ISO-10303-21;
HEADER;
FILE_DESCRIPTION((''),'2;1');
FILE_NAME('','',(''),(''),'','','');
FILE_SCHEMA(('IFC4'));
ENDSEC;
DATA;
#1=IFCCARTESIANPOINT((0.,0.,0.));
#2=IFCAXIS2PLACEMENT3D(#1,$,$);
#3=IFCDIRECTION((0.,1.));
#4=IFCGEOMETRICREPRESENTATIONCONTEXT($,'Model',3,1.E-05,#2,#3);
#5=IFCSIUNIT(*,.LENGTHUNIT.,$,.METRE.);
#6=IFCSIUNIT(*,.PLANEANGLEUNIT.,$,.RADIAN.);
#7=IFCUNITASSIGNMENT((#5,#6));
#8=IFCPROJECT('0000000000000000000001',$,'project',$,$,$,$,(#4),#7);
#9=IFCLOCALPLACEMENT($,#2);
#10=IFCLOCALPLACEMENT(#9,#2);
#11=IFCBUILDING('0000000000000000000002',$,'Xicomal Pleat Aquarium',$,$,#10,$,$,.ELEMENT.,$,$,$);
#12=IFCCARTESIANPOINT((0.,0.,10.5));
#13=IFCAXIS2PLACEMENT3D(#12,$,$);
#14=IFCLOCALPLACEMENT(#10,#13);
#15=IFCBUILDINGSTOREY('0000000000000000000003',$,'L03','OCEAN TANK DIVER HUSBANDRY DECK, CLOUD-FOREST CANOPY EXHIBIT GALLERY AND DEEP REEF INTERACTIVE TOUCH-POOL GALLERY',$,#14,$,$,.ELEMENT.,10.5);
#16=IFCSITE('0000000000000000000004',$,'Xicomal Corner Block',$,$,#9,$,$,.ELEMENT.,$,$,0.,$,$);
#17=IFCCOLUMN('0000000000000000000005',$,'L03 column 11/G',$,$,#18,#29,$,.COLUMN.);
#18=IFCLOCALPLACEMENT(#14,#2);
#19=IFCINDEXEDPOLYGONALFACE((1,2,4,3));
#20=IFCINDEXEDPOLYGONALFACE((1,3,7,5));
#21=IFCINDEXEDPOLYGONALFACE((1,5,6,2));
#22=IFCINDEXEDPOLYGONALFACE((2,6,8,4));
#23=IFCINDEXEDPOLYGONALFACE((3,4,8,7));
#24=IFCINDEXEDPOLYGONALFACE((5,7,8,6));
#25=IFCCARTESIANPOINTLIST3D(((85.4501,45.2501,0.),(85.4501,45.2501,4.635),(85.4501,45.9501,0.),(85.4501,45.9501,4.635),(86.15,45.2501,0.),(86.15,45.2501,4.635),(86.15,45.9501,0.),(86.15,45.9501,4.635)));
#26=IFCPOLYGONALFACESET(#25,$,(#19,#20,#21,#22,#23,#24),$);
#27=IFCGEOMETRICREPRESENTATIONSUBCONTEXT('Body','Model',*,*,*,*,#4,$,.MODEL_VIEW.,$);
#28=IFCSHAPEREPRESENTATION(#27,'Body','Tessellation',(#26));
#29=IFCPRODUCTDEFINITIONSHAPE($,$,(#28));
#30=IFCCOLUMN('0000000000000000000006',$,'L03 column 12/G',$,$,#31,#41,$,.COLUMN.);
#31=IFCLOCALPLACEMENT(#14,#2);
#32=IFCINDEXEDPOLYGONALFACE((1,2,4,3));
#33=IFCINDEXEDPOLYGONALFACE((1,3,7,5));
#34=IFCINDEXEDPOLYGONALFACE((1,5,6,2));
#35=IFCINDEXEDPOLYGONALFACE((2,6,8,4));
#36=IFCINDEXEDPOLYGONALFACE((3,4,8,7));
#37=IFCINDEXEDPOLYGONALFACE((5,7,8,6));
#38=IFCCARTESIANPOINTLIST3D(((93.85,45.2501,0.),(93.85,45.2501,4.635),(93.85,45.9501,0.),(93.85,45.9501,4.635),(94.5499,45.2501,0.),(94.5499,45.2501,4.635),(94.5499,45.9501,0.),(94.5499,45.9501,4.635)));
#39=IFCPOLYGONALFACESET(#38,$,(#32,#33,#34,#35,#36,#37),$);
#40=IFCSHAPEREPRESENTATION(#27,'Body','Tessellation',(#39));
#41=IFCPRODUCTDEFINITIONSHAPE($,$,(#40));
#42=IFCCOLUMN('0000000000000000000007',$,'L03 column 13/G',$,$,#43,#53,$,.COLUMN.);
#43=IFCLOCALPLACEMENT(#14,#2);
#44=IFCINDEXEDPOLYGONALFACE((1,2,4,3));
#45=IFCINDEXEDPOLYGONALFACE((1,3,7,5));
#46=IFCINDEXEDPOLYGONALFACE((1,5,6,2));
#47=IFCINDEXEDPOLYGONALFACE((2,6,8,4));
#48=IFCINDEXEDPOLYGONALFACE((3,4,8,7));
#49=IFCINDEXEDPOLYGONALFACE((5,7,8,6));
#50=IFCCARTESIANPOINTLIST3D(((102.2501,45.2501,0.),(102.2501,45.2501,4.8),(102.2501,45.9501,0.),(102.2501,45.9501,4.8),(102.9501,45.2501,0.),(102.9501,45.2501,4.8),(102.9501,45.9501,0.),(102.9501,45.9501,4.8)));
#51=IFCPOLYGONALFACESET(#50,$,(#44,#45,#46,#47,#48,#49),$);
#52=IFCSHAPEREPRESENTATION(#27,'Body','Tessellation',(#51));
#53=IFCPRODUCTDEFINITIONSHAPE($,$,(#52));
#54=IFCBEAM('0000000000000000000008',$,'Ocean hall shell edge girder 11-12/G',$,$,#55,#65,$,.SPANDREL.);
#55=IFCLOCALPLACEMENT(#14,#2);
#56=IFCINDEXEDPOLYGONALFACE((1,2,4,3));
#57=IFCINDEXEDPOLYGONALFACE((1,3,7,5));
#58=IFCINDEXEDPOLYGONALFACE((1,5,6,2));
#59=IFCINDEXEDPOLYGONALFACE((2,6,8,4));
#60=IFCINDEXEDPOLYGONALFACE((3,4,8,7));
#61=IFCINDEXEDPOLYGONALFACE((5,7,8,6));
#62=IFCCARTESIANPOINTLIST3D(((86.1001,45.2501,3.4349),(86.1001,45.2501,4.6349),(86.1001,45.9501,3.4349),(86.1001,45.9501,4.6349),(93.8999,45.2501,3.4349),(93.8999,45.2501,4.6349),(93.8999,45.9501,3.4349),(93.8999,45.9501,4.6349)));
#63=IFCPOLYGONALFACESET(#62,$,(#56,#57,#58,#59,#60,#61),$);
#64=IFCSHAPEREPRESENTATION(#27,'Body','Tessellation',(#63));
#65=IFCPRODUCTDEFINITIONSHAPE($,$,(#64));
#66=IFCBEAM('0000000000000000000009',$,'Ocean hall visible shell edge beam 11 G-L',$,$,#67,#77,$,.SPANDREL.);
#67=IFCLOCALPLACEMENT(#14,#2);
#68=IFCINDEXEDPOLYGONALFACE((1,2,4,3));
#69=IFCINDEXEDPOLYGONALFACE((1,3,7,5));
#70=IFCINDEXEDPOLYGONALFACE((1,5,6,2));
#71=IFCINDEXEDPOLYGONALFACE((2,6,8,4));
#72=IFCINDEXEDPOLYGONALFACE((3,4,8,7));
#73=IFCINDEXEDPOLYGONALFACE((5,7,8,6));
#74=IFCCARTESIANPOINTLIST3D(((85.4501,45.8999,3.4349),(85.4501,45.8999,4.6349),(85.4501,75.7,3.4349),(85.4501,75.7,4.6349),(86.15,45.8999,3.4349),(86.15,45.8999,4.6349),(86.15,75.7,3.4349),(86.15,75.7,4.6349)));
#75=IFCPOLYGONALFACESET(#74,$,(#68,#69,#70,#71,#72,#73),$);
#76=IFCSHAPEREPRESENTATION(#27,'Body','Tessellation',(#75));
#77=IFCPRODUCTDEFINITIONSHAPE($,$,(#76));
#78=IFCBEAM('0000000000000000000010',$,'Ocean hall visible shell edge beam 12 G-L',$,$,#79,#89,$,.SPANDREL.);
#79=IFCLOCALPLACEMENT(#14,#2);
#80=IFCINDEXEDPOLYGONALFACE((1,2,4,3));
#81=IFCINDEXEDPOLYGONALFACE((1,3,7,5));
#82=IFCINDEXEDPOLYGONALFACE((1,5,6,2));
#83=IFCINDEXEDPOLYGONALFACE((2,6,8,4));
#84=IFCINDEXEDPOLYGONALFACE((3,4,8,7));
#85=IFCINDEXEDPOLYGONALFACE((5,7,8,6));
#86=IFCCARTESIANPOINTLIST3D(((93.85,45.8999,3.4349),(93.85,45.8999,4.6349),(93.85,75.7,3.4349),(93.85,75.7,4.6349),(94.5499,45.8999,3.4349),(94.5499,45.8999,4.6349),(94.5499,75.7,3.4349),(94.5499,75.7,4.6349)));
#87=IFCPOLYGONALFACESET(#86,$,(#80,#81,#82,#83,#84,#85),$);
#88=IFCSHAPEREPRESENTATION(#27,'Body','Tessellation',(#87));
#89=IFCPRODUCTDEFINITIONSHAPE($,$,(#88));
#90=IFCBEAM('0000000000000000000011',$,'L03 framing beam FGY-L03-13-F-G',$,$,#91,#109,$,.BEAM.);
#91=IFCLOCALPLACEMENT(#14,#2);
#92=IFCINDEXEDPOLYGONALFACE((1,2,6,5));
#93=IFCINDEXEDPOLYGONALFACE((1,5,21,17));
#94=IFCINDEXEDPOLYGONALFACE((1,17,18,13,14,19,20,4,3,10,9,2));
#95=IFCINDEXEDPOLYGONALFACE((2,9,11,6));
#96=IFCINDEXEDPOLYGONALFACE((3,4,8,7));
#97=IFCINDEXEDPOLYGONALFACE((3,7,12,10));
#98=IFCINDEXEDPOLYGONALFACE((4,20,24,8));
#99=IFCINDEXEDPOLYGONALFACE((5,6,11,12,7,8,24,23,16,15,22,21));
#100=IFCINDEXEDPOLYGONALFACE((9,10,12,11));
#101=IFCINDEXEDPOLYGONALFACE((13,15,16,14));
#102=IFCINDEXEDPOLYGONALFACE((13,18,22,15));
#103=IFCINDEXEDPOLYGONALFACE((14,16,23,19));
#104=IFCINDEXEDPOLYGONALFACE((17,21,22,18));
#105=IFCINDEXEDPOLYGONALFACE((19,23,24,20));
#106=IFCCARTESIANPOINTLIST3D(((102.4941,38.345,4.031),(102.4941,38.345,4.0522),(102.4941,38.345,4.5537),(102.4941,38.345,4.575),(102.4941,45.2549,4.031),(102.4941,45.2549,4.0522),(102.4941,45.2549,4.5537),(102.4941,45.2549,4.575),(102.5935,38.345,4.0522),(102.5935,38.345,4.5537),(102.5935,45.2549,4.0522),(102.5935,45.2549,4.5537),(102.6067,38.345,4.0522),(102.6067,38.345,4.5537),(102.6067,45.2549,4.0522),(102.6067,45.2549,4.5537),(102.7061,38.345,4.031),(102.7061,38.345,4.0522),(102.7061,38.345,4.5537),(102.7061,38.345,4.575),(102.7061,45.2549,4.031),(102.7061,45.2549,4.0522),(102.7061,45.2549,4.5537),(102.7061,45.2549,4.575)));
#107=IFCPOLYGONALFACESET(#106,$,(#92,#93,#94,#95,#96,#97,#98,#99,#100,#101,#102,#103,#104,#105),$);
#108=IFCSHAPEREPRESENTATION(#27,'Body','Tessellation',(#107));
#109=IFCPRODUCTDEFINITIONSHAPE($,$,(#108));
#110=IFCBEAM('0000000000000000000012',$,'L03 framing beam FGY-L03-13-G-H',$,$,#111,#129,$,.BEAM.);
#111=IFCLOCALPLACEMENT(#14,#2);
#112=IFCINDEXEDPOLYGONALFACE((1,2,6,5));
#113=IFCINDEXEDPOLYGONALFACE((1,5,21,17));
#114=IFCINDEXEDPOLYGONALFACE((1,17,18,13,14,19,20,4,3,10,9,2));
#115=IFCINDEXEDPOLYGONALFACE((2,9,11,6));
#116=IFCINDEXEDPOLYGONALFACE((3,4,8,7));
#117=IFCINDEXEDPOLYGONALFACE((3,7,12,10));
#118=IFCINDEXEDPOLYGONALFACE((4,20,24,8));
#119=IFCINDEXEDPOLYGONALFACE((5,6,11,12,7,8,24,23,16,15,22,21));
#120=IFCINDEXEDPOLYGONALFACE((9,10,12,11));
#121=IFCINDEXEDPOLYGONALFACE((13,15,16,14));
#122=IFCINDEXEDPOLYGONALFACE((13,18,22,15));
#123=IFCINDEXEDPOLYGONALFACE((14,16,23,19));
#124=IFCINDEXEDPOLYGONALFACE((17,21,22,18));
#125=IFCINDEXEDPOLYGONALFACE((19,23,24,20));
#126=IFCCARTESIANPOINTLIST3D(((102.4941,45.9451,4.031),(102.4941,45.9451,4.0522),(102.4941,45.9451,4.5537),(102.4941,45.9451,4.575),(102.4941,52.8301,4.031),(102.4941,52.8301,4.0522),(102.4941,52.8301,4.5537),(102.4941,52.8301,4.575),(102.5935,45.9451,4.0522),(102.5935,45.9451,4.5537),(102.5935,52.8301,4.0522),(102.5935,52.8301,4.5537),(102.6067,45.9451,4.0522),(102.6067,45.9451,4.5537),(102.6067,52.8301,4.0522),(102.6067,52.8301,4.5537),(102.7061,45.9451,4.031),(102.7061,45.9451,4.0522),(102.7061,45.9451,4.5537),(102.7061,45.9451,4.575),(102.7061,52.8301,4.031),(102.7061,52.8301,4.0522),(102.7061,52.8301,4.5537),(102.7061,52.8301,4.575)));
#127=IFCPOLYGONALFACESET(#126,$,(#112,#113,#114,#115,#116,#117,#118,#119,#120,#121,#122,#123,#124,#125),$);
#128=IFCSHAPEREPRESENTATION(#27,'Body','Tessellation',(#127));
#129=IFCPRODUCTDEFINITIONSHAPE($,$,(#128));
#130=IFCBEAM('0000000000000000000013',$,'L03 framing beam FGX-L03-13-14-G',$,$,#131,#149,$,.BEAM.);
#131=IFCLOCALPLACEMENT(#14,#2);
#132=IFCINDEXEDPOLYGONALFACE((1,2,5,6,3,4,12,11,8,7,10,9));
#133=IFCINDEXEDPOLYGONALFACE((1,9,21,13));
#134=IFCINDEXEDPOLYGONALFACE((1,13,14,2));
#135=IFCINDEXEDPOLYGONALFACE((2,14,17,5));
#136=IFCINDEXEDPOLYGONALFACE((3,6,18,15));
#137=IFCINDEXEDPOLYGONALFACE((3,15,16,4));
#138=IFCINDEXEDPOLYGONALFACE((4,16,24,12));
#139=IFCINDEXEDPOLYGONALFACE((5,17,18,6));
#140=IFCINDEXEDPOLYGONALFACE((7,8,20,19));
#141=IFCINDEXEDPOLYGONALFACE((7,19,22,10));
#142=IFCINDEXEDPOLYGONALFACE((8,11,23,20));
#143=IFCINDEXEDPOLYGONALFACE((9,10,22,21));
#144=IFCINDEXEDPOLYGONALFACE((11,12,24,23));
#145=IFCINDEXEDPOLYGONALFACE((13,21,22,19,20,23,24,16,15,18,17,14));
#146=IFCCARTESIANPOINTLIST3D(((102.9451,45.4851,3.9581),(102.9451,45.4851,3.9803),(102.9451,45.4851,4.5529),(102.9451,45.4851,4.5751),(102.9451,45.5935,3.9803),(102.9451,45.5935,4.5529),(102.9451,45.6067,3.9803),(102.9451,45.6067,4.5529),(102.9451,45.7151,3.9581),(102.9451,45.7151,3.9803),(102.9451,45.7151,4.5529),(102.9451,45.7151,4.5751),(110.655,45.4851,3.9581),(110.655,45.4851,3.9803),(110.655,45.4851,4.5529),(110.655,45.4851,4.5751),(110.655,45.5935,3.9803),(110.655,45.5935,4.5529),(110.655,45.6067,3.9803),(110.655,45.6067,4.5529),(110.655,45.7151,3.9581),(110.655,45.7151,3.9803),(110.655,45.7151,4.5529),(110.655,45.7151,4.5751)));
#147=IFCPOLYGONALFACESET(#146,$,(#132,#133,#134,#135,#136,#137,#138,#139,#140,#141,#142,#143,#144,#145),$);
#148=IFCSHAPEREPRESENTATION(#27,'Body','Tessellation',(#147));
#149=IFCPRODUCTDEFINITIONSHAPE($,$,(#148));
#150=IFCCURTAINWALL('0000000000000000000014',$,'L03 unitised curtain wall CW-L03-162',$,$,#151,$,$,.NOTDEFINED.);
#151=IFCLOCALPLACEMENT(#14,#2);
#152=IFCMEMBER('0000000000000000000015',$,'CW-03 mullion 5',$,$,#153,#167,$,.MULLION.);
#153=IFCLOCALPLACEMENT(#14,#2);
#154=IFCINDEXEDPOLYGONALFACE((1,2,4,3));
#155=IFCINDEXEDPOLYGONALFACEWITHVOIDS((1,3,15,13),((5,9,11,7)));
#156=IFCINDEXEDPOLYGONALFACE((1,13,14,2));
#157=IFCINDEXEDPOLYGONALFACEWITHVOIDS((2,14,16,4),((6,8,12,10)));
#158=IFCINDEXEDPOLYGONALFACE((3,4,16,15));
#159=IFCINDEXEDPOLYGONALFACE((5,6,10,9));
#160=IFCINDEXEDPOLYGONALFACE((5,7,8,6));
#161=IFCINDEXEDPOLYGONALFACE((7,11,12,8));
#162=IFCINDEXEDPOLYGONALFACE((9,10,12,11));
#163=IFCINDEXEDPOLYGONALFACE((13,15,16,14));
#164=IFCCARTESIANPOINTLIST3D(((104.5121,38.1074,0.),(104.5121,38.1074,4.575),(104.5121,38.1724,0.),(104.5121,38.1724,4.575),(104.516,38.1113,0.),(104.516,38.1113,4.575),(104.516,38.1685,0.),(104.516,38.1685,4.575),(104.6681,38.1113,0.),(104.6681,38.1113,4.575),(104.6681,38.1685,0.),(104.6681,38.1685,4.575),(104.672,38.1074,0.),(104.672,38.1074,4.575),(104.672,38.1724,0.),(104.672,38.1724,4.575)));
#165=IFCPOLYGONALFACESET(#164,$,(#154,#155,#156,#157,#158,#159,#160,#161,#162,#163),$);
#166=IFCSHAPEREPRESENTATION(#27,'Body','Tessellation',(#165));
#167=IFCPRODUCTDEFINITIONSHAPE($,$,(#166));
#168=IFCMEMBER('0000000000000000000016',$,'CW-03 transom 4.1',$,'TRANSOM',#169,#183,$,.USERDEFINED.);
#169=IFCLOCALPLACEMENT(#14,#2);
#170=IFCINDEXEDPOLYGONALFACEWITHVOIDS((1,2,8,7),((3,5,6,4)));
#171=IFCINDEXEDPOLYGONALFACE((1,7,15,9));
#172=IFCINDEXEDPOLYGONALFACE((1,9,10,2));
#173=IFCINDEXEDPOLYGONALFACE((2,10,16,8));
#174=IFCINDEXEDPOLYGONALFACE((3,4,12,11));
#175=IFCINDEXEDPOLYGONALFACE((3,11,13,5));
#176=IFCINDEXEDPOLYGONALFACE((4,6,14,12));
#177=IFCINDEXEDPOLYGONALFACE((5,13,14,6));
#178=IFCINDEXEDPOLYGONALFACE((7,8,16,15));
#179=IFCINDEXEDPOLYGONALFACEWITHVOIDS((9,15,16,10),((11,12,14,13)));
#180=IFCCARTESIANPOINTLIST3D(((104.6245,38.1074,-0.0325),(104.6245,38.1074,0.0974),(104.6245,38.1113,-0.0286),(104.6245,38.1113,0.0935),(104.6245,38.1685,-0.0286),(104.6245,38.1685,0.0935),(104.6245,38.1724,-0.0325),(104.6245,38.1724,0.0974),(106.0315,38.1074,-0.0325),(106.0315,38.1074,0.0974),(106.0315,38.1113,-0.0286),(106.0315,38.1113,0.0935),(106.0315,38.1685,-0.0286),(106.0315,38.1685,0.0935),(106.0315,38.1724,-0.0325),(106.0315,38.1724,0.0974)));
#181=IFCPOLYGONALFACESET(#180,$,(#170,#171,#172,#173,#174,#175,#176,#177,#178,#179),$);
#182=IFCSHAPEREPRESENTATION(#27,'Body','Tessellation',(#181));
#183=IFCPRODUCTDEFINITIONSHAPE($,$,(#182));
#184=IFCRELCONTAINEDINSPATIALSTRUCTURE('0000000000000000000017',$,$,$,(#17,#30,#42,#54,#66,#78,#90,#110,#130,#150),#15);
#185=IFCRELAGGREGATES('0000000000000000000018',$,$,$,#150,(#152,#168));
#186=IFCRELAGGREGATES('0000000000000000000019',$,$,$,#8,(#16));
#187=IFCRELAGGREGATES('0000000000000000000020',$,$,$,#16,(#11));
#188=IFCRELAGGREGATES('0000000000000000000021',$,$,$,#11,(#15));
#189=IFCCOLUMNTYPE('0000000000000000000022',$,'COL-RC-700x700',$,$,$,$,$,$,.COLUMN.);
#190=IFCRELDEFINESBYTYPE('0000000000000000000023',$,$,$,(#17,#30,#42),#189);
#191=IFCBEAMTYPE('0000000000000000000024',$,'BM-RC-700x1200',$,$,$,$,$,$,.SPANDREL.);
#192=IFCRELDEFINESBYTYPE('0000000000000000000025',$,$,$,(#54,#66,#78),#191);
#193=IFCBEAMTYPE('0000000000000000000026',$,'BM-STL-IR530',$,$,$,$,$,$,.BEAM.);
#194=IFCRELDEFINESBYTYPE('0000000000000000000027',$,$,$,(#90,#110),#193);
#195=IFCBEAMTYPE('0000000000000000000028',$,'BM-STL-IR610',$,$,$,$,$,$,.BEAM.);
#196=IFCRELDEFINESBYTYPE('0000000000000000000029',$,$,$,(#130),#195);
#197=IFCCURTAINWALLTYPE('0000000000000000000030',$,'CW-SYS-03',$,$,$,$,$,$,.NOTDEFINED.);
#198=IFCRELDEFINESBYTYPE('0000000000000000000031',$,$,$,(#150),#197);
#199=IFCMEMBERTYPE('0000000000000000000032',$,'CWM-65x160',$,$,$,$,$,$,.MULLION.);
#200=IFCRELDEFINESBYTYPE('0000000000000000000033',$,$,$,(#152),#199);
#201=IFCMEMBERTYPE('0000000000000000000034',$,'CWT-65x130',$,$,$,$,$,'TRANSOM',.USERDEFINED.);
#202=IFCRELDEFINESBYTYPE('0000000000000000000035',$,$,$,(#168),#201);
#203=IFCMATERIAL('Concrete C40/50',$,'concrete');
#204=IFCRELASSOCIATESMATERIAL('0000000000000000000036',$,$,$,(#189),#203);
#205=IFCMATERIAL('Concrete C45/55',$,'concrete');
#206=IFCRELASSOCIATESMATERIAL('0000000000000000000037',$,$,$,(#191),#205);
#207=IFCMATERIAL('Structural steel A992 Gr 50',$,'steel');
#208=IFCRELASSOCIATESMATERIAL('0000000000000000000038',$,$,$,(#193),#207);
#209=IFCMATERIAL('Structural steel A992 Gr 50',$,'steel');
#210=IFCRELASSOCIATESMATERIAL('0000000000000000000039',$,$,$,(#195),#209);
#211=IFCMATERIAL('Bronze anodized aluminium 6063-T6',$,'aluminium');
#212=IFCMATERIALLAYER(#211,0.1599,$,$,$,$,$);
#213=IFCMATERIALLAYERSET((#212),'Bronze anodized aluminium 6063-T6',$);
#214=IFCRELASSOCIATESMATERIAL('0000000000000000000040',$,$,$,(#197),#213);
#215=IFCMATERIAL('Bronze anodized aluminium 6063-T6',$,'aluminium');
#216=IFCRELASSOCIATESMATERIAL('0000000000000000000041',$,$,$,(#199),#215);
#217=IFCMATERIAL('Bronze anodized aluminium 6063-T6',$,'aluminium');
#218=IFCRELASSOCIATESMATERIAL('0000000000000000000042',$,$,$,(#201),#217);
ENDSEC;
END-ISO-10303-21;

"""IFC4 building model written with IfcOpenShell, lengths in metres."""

from ifc_helpers import new_model, si_unit, direction, frame, origin, origin_2d, place, context, subcontext, project, spatial, rectangle, hollow_rectangle, i_section, extrude, material, layer, layer_set, material_profile, profile_set, type_object, element, aggregate, save


model = new_model("IFC4")

# Units and contexts
model_context = context("Model", 3, precision=1e-05, world=origin(), true_north=direction((0.0, 1.0)))
body_context = subcontext(model_context, "Body", "Model", "MODEL_VIEW")
ifc_project = project(units=[si_unit("LENGTHUNIT", "METRE"), si_unit("PLANEANGLEUNIT", "RADIAN")], contexts=[model_context])

# Site, building, storey
site_placement = place(None, origin())
site = spatial("IfcSite", under=ifc_project, at=site_placement, Name="Xicomal Corner Block", CompositionType="ELEMENT", RefElevation=0.0)
building_placement = place(site_placement, origin())
building = spatial("IfcBuilding", under=site, at=building_placement, Name="Xicomal Pleat Aquarium", CompositionType="ELEMENT")
storey_placement = place(building_placement, frame((0.0, 0.0, 10.5)))
storey = spatial("IfcBuildingStorey", under=building, at=storey_placement, Name="L03", Description="OCEAN TANK DIVER HUSBANDRY DECK, CLOUD-FOREST CANOPY EXHIBIT GALLERY AND DEEP REEF INTERACTIVE TOUCH-POOL GALLERY", CompositionType="ELEMENT", Elevation=10.5)

# Columns
ifc_material_1 = material(Name="Concrete C40/50", Category="concrete")
ifc_material_profile_1 = material_profile(ifc_material_1, rectangle(XDim=0.7, YDim=0.7, at=origin_2d()), Name="RC 700x700")
ifc_profile_set_1 = profile_set([ifc_material_profile_1], Name="Concrete C40/50")
column_type = type_object("IfcColumnType", Name="COL-RC-700x700", PredefinedType="COLUMN", material=ifc_profile_set_1)
for number, where, z_axis, x_axis, name in (
    (1, (85.8, 45.6001, 0.0), (0.0, 0.0, 1.0), (1.0, 0.0, 0.0), "L03 column 11/G"),
    (2, (94.2, 45.6001, 0.0), (0.0, 0.0, 1.0), (1.0, 0.0, 0.0), "L03 column 12/G"),
):
    element("IfcColumn", number, at=place(storey_placement, frame(where, z_axis=z_axis, x_axis=x_axis)), inside=storey, type_object=column_type, Name=name, PredefinedType="COLUMN", context=body_context, shape_type="SweptSolid", body=[
        extrude(rectangle(XDim=0.7, YDim=0.7, at=origin_2d()), origin(), (0.0, 0.0, 1.0), 4.635),
    ])
column_placement = place(storey_placement, frame((102.6001, 45.6001, 0.0), z_axis=(0.0, 0.0, 1.0), x_axis=(1.0, 0.0, 0.0)))
element("IfcColumn", 3, at=column_placement, inside=storey, type_object=column_type, Name="L03 column 13/G", PredefinedType="COLUMN", context=body_context, shape_type="SweptSolid", body=[
    extrude(rectangle(XDim=0.7, YDim=0.7, at=origin_2d()), origin(), (0.0, 0.0, 1.0), 4.8),
])

# Beams
ifc_material_2 = material(Name="Concrete C45/55", Category="concrete")
ifc_material_profile_2 = material_profile(ifc_material_2, rectangle(XDim=0.7, YDim=1.2, at=origin_2d()), Name="RC 700x1200")
ifc_profile_set_2 = profile_set([ifc_material_profile_2], Name="Concrete C45/55")
beam_type_1 = type_object("IfcBeamType", Name="BM-RC-700x1200", PredefinedType="SPANDREL", material=ifc_profile_set_2)
beam_1_placement = place(storey_placement, frame((86.1001, 45.6001, 4.0349), z_axis=(1.0, 0.0, 0.0), x_axis=(0.0, 1.0, 0.0)))
element("IfcBeam", 4, at=beam_1_placement, inside=storey, type_object=beam_type_1, Name="Ocean hall shell edge girder 11-12/G", PredefinedType="SPANDREL", context=body_context, shape_type="SweptSolid", body=[
    extrude(rectangle(XDim=0.7, YDim=1.2, at=origin_2d()), origin(), (0.0, 0.0, 1.0), 7.7998),
])
for number, where, z_axis, x_axis, name in (
    (5, (85.8, 45.8999, 4.0349), (0.0, 1.0, 0.0), (-1.0, 0.0, 0.0), "Ocean hall visible shell edge beam 11 G-L"),
    (6, (94.2, 45.8999, 4.0349), (0.0, 1.0, 0.0), (-1.0, 0.0, 0.0), "Ocean hall visible shell edge beam 12 G-L"),
):
    element("IfcBeam", number, at=place(storey_placement, frame(where, z_axis=z_axis, x_axis=x_axis)), inside=storey, type_object=beam_type_1, Name=name, PredefinedType="SPANDREL", context=body_context, shape_type="SweptSolid", body=[
        extrude(rectangle(XDim=0.7, YDim=1.2, at=origin_2d()), origin(), (0.0, 0.0, 1.0), 29.8),
    ])
ifc_material_3 = material(Name="Structural steel A992 Gr 50", Category="steel")
ifc_material_profile_3 = material_profile(ifc_material_3, i_section(OverallWidth=0.2119, OverallDepth=0.5439, WebThickness=0.0132, FlangeThickness=0.0212, at=origin_2d()), Name="IR 530x123")
ifc_profile_set_3 = profile_set([ifc_material_profile_3], Name="Structural steel A992 Gr 50")
beam_type_2 = type_object("IfcBeamType", Name="BM-STL-IR530", PredefinedType="BEAM", material=ifc_profile_set_3)
beam_2_placement = place(storey_placement, frame((102.6001, 38.345, 4.303), z_axis=(0.0, 1.0, 0.0), x_axis=(-1.0, 0.0, 0.0)))
element("IfcBeam", 7, at=beam_2_placement, inside=storey, type_object=beam_type_2, Name="L03 framing beam FGY-L03-13-F-G", PredefinedType="BEAM", context=body_context, shape_type="SweptSolid", body=[
    extrude(i_section(OverallWidth=0.2119, OverallDepth=0.5439, WebThickness=0.0132, FlangeThickness=0.0212, at=origin_2d()), origin(), (0.0, 0.0, 1.0), 6.9099),
])
beam_3_placement = place(storey_placement, frame((102.6001, 45.9451, 4.303), z_axis=(0.0, 1.0, 0.0), x_axis=(-1.0, 0.0, 0.0)))
element("IfcBeam", 8, at=beam_3_placement, inside=storey, type_object=beam_type_2, Name="L03 framing beam FGY-L03-13-G-H", PredefinedType="BEAM", context=body_context, shape_type="SweptSolid", body=[
    extrude(i_section(OverallWidth=0.2119, OverallDepth=0.5439, WebThickness=0.0132, FlangeThickness=0.0212, at=origin_2d()), origin(), (0.0, 0.0, 1.0), 6.885),
])
ifc_material_4 = material(Name="Structural steel A992 Gr 50", Category="steel")
ifc_material_profile_4 = material_profile(ifc_material_4, i_section(OverallWidth=0.23, OverallDepth=0.6169, WebThickness=0.0132, FlangeThickness=0.0222, at=origin_2d()), Name="IR 610x140")
ifc_profile_set_4 = profile_set([ifc_material_profile_4], Name="Structural steel A992 Gr 50")
beam_type_3 = type_object("IfcBeamType", Name="BM-STL-IR610", PredefinedType="BEAM", material=ifc_profile_set_4)
beam_4_placement = place(storey_placement, frame((102.9451, 45.6001, 4.2666), z_axis=(1.0, 0.0, 0.0), x_axis=(0.0, 1.0, 0.0)))
element("IfcBeam", 9, at=beam_4_placement, inside=storey, type_object=beam_type_3, Name="L03 framing beam FGX-L03-13-14-G", PredefinedType="BEAM", context=body_context, shape_type="SweptSolid", body=[
    extrude(i_section(OverallWidth=0.23, OverallDepth=0.6169, WebThickness=0.0132, FlangeThickness=0.0222, at=origin_2d()), origin(), (0.0, 0.0, 1.0), 7.71),
])

# Curtain wall, members
ifc_material_5 = material(Name="Bronze anodized aluminium 6063-T6", Category="aluminium")
ifc_layer_1 = layer(ifc_material_5, 0.1599)
ifc_layer_set_1 = layer_set([ifc_layer_1], Name="Bronze anodized aluminium 6063-T6")
curtain_wall_type = type_object("IfcCurtainWallType", Name="CW-SYS-03", PredefinedType="NOTDEFINED", material=ifc_layer_set_1)
curtain_wall_placement = place(storey_placement, origin())
curtain_wall = element("IfcCurtainWall", 10, at=curtain_wall_placement, inside=storey, type_object=curtain_wall_type, Name="L03 unitised curtain wall CW-L03-162", PredefinedType="NOTDEFINED")
ifc_material_6 = material(Name="Bronze anodized aluminium 6063-T6", Category="aluminium")
ifc_material_profile_5 = material_profile(ifc_material_6, hollow_rectangle(XDim=0.0649, YDim=0.1599, WallThickness=0.0039, at=origin_2d()), Name="ALU MULL 65x160")
ifc_profile_set_5 = profile_set([ifc_material_profile_5], Name="Bronze anodized aluminium 6063-T6")
member_type_1 = type_object("IfcMemberType", Name="CWM-65x160", PredefinedType="MULLION", material=ifc_profile_set_5)
member_1_placement = place(storey_placement, frame((104.592, 38.1399, 0.0), z_axis=(0.0, 0.0, 1.0), x_axis=(0.0, -1.0, 0.0)))
member_1 = element("IfcMember", 11, at=member_1_placement, type_object=member_type_1, Name="CW-03 mullion 5", PredefinedType="MULLION", context=body_context, shape_type="SweptSolid", body=[
    extrude(hollow_rectangle(XDim=0.0649, YDim=0.1599, WallThickness=0.0039, at=origin_2d()), origin(), (0.0, 0.0, 1.0), 4.575),
])
ifc_material_7 = material(Name="Bronze anodized aluminium 6063-T6", Category="aluminium")
ifc_material_profile_6 = material_profile(ifc_material_7, hollow_rectangle(XDim=0.0649, YDim=0.1299, WallThickness=0.0039, at=origin_2d()), Name="ALU TRAN 65x130")
ifc_profile_set_6 = profile_set([ifc_material_profile_6], Name="Bronze anodized aluminium 6063-T6")
member_type_2 = type_object("IfcMemberType", Name="CWT-65x130", ElementType="TRANSOM", PredefinedType="USERDEFINED", material=ifc_profile_set_6)
member_2_placement = place(storey_placement, frame((106.0315, 38.1399, 0.0325), z_axis=(-1.0, 0.0, 0.0), x_axis=(0.0, -1.0, 0.0)))
member_2 = element("IfcMember", 12, at=member_2_placement, type_object=member_type_2, Name="CW-03 transom 4.1", ObjectType="TRANSOM", PredefinedType="USERDEFINED", context=body_context, shape_type="SweptSolid", body=[
    extrude(hollow_rectangle(XDim=0.0649, YDim=0.1299, WallThickness=0.0039, at=origin_2d()), origin(), (0.0, 0.0, 1.0), 1.407),
])

aggregate(curtain_wall, [member_1, member_2])

save(model, "model.ifc")
